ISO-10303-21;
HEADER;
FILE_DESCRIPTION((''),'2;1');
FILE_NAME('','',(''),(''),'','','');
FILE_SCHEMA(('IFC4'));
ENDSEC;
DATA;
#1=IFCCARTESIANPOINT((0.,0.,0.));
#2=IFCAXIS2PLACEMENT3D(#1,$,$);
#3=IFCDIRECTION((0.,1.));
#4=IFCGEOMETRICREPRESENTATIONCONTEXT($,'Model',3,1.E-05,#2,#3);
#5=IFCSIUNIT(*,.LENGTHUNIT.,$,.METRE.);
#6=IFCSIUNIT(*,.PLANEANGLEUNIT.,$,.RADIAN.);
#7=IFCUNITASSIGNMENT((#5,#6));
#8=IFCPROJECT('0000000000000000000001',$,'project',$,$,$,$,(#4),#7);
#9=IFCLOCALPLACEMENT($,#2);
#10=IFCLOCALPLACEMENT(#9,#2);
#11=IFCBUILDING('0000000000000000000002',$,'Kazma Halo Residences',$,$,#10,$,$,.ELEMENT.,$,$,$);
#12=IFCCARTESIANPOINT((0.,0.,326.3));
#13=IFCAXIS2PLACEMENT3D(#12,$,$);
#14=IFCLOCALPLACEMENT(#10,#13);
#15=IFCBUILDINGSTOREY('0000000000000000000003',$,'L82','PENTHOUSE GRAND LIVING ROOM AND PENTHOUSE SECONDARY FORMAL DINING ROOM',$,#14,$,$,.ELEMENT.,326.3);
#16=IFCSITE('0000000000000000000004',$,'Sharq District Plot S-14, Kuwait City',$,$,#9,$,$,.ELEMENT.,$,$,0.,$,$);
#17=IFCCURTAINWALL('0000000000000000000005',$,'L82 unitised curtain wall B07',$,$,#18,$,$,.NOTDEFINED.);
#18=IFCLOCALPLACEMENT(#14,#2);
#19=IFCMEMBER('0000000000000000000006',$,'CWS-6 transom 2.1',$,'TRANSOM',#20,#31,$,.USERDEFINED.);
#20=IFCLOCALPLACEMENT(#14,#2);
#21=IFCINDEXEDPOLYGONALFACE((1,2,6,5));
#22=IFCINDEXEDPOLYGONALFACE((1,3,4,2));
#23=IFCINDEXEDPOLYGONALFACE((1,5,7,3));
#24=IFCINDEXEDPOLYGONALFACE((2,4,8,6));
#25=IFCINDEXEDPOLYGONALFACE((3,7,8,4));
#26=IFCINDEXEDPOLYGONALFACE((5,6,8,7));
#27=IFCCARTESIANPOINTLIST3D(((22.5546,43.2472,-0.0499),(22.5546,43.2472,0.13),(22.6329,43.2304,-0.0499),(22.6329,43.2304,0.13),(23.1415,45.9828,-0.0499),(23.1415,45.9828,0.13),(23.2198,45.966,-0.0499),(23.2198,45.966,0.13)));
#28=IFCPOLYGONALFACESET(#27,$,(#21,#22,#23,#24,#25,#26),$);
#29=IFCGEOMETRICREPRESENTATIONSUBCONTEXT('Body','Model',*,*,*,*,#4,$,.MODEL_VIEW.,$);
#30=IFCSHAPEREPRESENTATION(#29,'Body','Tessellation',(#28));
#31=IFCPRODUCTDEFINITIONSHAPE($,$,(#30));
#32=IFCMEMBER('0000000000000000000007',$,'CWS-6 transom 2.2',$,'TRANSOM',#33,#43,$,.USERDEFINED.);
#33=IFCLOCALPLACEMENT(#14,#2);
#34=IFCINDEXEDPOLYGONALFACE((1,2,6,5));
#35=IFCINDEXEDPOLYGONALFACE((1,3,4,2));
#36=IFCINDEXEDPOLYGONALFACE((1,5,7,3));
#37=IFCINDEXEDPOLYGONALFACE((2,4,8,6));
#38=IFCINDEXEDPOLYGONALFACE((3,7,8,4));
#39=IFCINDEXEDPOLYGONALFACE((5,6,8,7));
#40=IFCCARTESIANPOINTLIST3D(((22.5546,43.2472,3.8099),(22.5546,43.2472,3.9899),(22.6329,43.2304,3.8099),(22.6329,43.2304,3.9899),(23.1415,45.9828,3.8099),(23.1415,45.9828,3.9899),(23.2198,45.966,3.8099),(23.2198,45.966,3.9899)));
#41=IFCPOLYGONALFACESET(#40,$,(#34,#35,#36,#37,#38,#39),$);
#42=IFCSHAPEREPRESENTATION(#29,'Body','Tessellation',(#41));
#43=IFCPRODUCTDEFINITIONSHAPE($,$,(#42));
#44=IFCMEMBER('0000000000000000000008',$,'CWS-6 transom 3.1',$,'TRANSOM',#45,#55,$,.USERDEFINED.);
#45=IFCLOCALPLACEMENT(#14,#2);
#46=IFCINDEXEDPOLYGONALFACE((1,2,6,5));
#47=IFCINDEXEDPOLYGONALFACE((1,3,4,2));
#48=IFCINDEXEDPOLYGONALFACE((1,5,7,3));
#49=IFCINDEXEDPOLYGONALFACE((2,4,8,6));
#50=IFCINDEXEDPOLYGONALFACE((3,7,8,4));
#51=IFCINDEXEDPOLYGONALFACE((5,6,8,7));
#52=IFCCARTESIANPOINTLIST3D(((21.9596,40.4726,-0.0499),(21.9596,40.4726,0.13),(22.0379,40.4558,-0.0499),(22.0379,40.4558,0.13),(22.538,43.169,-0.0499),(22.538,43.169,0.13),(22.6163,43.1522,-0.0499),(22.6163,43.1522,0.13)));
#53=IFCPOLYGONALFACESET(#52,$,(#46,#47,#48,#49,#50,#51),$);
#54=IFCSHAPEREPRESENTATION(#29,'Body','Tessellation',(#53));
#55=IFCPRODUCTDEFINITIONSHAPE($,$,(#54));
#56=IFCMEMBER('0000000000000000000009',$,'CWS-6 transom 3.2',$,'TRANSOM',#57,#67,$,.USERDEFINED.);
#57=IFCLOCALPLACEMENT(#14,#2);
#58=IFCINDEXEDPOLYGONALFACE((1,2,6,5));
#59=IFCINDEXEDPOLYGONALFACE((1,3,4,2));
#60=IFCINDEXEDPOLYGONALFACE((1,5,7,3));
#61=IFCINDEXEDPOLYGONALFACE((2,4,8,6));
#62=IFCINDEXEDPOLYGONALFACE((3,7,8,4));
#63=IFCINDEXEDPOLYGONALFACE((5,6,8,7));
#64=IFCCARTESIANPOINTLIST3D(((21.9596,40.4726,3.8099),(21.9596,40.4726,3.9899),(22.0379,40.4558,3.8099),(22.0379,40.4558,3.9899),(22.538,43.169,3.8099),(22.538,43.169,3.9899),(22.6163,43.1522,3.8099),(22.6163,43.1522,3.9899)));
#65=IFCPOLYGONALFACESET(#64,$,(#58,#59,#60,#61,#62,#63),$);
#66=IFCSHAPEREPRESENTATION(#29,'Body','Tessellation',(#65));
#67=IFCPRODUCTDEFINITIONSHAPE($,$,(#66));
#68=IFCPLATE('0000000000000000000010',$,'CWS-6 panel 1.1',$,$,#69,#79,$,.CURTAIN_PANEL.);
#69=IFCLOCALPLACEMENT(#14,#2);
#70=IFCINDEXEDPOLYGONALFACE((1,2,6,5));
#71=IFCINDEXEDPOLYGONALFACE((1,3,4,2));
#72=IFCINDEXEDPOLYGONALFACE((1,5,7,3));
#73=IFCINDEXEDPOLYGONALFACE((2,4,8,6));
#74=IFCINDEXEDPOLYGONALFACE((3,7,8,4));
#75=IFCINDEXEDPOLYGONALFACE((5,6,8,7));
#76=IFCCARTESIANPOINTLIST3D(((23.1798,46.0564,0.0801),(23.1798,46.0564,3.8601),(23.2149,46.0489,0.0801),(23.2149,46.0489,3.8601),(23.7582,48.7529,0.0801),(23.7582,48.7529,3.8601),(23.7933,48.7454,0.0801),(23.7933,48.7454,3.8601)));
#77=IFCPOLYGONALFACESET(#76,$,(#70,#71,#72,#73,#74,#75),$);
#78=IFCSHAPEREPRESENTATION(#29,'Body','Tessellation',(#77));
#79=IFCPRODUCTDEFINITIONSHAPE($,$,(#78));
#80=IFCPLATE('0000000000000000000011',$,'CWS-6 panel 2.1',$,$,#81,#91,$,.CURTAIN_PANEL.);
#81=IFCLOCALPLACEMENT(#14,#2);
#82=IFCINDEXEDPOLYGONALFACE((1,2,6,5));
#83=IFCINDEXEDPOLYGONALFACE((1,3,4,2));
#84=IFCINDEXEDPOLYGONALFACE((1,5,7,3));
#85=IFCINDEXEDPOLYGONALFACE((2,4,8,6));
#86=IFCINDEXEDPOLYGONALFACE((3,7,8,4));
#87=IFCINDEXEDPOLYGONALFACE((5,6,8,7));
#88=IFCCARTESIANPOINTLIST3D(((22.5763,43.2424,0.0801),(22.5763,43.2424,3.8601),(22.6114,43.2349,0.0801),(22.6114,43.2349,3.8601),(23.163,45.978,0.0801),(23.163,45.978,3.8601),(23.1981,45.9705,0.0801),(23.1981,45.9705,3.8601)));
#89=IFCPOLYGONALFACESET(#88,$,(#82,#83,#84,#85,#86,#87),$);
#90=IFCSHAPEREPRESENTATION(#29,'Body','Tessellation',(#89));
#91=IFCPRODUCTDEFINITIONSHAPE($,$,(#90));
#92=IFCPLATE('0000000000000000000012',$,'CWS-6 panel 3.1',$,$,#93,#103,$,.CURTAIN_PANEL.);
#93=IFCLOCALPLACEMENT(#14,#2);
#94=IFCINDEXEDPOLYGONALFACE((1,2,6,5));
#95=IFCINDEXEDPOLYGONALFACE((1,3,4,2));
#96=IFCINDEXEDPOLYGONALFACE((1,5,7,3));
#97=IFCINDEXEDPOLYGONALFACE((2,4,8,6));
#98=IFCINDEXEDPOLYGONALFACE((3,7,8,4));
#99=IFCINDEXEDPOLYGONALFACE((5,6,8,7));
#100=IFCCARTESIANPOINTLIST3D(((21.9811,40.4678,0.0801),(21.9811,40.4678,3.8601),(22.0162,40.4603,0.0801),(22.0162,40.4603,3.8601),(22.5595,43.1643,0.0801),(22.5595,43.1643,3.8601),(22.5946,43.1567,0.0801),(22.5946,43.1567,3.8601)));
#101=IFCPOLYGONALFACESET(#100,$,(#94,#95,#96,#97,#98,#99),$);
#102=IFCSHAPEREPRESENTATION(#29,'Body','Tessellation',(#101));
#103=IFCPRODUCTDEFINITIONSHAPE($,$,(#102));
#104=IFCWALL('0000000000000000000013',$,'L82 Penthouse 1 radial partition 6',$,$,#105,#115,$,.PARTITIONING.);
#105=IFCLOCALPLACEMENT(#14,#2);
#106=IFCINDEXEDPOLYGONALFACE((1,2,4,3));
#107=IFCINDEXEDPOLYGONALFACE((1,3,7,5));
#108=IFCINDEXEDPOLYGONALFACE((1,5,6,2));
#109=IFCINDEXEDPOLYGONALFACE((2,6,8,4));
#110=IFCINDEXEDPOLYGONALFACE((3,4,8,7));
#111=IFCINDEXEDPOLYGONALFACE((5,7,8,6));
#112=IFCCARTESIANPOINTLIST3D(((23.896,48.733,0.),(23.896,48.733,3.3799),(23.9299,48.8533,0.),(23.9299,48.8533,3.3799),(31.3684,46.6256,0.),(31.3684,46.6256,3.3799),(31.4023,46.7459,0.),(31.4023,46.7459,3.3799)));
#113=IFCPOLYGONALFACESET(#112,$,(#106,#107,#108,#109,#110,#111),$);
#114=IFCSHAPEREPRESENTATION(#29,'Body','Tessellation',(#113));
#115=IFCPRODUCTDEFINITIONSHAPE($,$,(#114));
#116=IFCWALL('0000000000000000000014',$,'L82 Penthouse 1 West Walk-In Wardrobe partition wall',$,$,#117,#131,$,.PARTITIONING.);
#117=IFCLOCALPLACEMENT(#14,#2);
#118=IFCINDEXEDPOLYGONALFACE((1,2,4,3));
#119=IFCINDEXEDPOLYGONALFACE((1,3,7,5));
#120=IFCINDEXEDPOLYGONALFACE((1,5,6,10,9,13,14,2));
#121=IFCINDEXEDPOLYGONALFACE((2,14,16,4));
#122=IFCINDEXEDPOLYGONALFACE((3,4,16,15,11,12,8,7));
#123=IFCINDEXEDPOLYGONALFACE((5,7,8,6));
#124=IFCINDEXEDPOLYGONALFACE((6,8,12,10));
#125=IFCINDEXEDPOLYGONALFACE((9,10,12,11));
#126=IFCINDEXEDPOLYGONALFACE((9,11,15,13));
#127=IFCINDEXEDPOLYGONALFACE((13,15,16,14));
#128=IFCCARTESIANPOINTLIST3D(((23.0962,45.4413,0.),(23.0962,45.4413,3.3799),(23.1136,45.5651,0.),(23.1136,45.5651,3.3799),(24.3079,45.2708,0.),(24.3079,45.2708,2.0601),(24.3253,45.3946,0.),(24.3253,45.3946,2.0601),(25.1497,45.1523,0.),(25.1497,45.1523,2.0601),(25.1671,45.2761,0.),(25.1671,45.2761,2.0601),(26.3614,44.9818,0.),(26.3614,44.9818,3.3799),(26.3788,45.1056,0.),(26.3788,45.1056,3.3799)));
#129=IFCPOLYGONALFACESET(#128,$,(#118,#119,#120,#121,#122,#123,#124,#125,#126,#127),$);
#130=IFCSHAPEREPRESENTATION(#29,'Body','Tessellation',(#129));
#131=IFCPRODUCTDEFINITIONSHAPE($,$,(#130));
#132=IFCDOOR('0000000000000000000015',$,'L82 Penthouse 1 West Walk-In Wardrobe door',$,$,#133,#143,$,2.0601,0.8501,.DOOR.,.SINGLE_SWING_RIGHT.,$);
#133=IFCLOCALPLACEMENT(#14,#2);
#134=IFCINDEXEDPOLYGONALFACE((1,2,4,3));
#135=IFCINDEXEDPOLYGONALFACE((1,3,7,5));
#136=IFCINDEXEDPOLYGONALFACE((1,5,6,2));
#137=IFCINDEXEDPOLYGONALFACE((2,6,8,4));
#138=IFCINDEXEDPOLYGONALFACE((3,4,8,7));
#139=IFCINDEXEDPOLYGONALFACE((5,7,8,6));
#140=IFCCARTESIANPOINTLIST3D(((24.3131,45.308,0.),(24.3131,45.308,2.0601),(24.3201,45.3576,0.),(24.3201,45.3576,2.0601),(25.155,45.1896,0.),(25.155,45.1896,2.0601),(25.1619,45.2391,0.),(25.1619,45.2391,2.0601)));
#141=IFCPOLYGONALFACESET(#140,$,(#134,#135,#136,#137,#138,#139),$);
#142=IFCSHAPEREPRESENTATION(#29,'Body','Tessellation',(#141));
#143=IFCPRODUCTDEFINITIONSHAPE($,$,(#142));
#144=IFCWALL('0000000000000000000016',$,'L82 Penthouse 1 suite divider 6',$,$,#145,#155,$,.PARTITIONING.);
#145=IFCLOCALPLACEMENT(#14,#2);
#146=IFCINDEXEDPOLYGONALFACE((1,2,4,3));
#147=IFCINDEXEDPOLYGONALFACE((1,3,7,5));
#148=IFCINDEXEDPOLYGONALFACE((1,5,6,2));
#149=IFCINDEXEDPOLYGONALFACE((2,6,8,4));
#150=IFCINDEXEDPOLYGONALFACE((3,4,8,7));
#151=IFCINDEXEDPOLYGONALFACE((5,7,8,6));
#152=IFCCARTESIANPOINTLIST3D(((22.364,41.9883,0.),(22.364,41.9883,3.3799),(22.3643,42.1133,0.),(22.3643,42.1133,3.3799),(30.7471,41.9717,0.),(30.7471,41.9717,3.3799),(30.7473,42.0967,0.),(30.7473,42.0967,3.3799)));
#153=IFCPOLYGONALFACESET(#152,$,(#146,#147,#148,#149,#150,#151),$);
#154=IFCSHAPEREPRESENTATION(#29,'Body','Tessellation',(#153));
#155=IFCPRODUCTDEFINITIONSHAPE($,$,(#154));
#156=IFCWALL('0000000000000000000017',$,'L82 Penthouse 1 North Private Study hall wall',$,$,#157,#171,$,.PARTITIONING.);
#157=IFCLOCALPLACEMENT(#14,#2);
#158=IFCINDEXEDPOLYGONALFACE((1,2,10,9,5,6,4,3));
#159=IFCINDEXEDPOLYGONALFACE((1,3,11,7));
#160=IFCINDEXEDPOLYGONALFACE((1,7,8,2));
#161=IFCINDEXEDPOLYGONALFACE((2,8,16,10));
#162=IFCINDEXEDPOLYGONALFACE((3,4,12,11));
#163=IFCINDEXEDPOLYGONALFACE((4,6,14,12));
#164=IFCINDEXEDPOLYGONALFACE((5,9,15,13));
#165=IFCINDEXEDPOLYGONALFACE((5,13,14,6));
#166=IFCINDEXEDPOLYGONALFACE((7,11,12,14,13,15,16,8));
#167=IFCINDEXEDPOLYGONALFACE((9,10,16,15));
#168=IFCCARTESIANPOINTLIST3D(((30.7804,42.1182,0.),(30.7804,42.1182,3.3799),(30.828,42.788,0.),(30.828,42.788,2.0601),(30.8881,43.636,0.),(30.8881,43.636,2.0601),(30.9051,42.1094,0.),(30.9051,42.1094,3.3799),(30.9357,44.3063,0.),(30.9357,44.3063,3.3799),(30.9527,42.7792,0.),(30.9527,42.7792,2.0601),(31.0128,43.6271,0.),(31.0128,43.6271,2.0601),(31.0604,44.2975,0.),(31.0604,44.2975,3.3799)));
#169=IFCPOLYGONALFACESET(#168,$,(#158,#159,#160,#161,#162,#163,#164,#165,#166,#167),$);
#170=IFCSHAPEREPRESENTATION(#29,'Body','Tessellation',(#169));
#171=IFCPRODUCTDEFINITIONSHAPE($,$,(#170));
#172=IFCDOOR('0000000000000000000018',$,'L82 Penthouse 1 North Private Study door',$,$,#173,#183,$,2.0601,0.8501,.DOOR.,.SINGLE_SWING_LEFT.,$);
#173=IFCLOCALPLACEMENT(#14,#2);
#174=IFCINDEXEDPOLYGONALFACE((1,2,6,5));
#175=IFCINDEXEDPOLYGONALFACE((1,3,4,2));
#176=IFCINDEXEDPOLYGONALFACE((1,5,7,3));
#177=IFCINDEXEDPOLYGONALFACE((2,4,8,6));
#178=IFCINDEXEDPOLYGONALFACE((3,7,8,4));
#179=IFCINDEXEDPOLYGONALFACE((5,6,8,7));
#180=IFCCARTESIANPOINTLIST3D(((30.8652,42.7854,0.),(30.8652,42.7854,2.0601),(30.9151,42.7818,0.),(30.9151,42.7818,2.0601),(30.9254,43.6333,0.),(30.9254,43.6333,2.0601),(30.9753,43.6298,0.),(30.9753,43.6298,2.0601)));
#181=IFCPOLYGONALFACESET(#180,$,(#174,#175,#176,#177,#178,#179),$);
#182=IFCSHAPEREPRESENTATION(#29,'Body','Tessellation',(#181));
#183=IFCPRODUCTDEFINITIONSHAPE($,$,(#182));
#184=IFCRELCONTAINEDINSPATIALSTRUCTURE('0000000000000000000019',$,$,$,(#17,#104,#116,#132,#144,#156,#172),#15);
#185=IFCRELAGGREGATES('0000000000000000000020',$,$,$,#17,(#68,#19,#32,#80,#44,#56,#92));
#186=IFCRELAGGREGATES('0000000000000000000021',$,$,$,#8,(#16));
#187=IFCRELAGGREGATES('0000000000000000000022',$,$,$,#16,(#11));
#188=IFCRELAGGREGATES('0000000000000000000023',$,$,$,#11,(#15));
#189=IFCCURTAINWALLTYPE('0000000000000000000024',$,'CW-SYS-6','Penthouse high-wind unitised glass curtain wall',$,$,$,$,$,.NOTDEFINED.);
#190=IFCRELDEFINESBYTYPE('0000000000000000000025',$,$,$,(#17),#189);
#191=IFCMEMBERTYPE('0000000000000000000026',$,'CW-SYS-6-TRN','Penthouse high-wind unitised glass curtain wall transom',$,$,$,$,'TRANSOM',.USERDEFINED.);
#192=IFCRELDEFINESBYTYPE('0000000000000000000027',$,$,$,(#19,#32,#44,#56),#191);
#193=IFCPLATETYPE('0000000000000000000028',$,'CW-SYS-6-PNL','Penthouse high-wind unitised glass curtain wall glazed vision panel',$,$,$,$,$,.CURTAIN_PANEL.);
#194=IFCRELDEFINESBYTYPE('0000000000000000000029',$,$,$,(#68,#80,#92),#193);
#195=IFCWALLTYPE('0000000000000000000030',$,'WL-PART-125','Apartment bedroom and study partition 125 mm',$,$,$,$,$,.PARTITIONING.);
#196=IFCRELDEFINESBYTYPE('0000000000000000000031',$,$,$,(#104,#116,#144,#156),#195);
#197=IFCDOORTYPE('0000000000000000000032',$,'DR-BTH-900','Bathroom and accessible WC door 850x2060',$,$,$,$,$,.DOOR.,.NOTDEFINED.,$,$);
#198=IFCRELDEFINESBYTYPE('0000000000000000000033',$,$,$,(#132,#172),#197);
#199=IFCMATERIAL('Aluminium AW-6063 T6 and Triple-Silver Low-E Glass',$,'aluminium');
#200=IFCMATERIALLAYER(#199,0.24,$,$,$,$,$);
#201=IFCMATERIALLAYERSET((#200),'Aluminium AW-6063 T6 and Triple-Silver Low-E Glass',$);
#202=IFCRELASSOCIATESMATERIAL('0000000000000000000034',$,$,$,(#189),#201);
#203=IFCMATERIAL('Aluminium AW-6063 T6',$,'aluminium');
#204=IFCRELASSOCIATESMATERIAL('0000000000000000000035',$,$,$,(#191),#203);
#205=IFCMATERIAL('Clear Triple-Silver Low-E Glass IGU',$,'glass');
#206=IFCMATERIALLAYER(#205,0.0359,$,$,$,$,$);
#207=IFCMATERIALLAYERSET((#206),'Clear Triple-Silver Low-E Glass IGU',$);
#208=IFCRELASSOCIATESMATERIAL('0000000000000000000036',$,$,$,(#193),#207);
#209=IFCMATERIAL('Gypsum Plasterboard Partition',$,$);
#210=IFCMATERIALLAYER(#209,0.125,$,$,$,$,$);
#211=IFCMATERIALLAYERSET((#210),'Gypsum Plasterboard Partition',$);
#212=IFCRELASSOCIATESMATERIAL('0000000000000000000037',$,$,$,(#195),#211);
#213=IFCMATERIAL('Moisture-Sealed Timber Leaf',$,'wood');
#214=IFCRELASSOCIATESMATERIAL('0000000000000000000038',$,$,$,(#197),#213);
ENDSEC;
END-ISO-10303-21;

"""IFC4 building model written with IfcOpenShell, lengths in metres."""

from ifc_helpers import new_model, si_unit, direction, frame, frame_2d, origin, origin_2d, place, context, subcontext, project, spatial, rectangle, extrude, material, layer, layer_set, material_profile, profile_set, type_object, element, fill, aggregate, save


model = new_model("IFC4")

# Units and contexts
model_context = context("Model", 3, precision=1e-05, world=origin(), true_north=direction((0.0, 1.0)))
body_context = subcontext(model_context, "Body", "Model", "MODEL_VIEW")
ifc_project = project(units=[si_unit("LENGTHUNIT", "METRE"), si_unit("PLANEANGLEUNIT", "RADIAN")], contexts=[model_context])

# Site, building, storey
site_placement = place(None, origin())
site = spatial("IfcSite", under=ifc_project, at=site_placement, Name="Sharq District Plot S-14, Kuwait City", CompositionType="ELEMENT", RefElevation=0.0)
building_placement = place(site_placement, origin())
building = spatial("IfcBuilding", under=site, at=building_placement, Name="Kazma Halo Residences", CompositionType="ELEMENT")
storey_placement = place(building_placement, frame((0.0, 0.0, 326.3)))
storey = spatial("IfcBuildingStorey", under=building, at=storey_placement, Name="L82", Description="PENTHOUSE GRAND LIVING ROOM AND PENTHOUSE SECONDARY FORMAL DINING ROOM", CompositionType="ELEMENT", Elevation=326.3)

# Curtain wall, members, plates
ifc_material_1 = material(Name="Aluminium AW-6063 T6 and Triple-Silver Low-E Glass", Category="aluminium")
ifc_layer_1 = layer(ifc_material_1, 0.24)
ifc_layer_set_1 = layer_set([ifc_layer_1], Name="Aluminium AW-6063 T6 and Triple-Silver Low-E Glass")
curtain_wall_type = type_object("IfcCurtainWallType", Name="CW-SYS-6", Description="Penthouse high-wind unitised glass curtain wall", PredefinedType="NOTDEFINED", material=ifc_layer_set_1)
curtain_wall_placement = place(storey_placement, origin())
curtain_wall = element("IfcCurtainWall", 1, at=curtain_wall_placement, inside=storey, type_object=curtain_wall_type, Name="L82 unitised curtain wall B07", PredefinedType="NOTDEFINED")
ifc_material_2 = material(Name="Aluminium AW-6063 T6", Category="aluminium")
ifc_material_profile_1 = material_profile(ifc_material_2, rectangle(XDim=0.0801, YDim=0.1799, at=origin_2d()), Name="CWT-80x180")
ifc_profile_set_1 = profile_set([ifc_material_profile_1], Name="Aluminium AW-6063 T6")
member_type_1 = type_object("IfcMemberType", Name="CW-SYS-6-TRN", Description="Penthouse high-wind unitised glass curtain wall transom", ElementType="TRANSOM", PredefinedType="USERDEFINED", material=ifc_profile_set_1)
member_1_placement = place(storey_placement, frame((23.1807, 45.9744, 0.04), z_axis=(-0.209773, -0.97775, 0.0), x_axis=(0.97775, -0.209773, 0.0)))
member_1 = element("IfcMember", 2, at=member_1_placement, type_object=member_type_1, Name="CWS-6 transom 2.1", ObjectType="TRANSOM", PredefinedType="USERDEFINED", context=body_context, shape_type="SweptSolid", body=[
    extrude(rectangle(XDim=0.0801, YDim=0.1799, at=origin_2d()), origin(), (0.0, 0.0, 1.0), 2.7979),
])
member_2_placement = place(storey_placement, frame((23.1807, 45.9744, 3.8999), z_axis=(-0.209773, -0.97775, 0.0), x_axis=(0.97775, -0.209773, 0.0)))
member_2 = element("IfcMember", 3, at=member_2_placement, type_object=member_type_1, Name="CWS-6 transom 2.2", ObjectType="TRANSOM", PredefinedType="USERDEFINED", context=body_context, shape_type="SweptSolid", body=[
    extrude(rectangle(XDim=0.0801, YDim=0.1799, at=origin_2d()), origin(), (0.0, 0.0, 1.0), 2.7979),
])
member_3_placement = place(storey_placement, frame((22.5771, 43.1606, 0.04), z_axis=(-0.209716, -0.977762, 0.0), x_axis=(0.977762, -0.209716, 0.0)))
member_3 = element("IfcMember", 4, at=member_3_placement, type_object=member_type_1, Name="CWS-6 transom 3.1", ObjectType="TRANSOM", PredefinedType="USERDEFINED", context=body_context, shape_type="SweptSolid", body=[
    extrude(rectangle(XDim=0.0801, YDim=0.1799, at=origin_2d()), origin(), (0.0, 0.0, 1.0), 2.7578),
])
member_4_placement = place(storey_placement, frame((22.5771, 43.1606, 3.8999), z_axis=(-0.209716, -0.977762, 0.0), x_axis=(0.977762, -0.209716, 0.0)))
member_4 = element("IfcMember", 5, at=member_4_placement, type_object=member_type_1, Name="CWS-6 transom 3.2", ObjectType="TRANSOM", PredefinedType="USERDEFINED", context=body_context, shape_type="SweptSolid", body=[
    extrude(rectangle(XDim=0.0801, YDim=0.1799, at=origin_2d()), origin(), (0.0, 0.0, 1.0), 2.7578),
])
ifc_material_3 = material(Name="Clear Triple-Silver Low-E Glass IGU", Category="glass")
ifc_layer_2 = layer(ifc_material_3, 0.0359)
ifc_layer_set_2 = layer_set([ifc_layer_2], Name="Clear Triple-Silver Low-E Glass IGU")
plate_type = type_object("IfcPlateType", Name="CW-SYS-6-PNL", Description="Penthouse high-wind unitised glass curtain wall glazed vision panel", PredefinedType="CURTAIN_PANEL", material=ifc_layer_set_2)
plate_1_placement = place(storey_placement, frame((23.4866, 47.4009, 0.0801), z_axis=(0.0, 0.0, 1.0), x_axis=(-0.209723, -0.977761, 0.0)))
plate_1 = element("IfcPlate", 6, at=plate_1_placement, type_object=plate_type, Name="CWS-6 panel 1.1", PredefinedType="CURTAIN_PANEL", context=body_context, shape_type="SweptSolid", body=[
    extrude(rectangle(XDim=2.7578, YDim=0.0359, at=origin_2d()), origin(), (0.0, 0.0, 1.0), 3.78),
])
plate_2_placement = place(storey_placement, frame((22.8872, 44.6064, 0.0801), z_axis=(0.0, 0.0, 1.0), x_axis=(-0.209723, -0.977761, 0.0)))
plate_2 = element("IfcPlate", 7, at=plate_2_placement, type_object=plate_type, Name="CWS-6 panel 2.1", PredefinedType="CURTAIN_PANEL", context=body_context, shape_type="SweptSolid", body=[
    extrude(rectangle(XDim=2.7979, YDim=0.0359, at=origin_2d()), origin(), (0.0, 0.0, 1.0), 3.78),
])
plate_3_placement = place(storey_placement, frame((22.2878, 41.8123, 0.0801), z_axis=(0.0, 0.0, 1.0), x_axis=(-0.209723, -0.977761, 0.0)))
plate_3 = element("IfcPlate", 8, at=plate_3_placement, type_object=plate_type, Name="CWS-6 panel 3.1", PredefinedType="CURTAIN_PANEL", context=body_context, shape_type="SweptSolid", body=[
    extrude(rectangle(XDim=2.7578, YDim=0.0359, at=origin_2d()), origin(), (0.0, 0.0, 1.0), 3.78),
])
aggregate(curtain_wall, [plate_1, member_1, member_2, plate_2, member_3, member_4, plate_3])

# Wall
ifc_material_4 = material(Name="Gypsum Plasterboard Partition")
ifc_layer_3 = layer(ifc_material_4, 0.125)
ifc_layer_set_3 = layer_set([ifc_layer_3], Name="Gypsum Plasterboard Partition")
wall_type_1 = type_object("IfcWallType", Name="WL-PART-125", Description="Apartment bedroom and study partition 125 mm", PredefinedType="PARTITIONING", material=ifc_layer_set_3)
wall_1_placement = place(storey_placement, frame((31.3853, 46.6858, 0.0), z_axis=(0.0, 0.0, 1.0), x_axis=(-0.962456, 0.271439, 0.0)))
element("IfcWall", 9, at=wall_1_placement, inside=storey, type_object=wall_type_1, Name="L82 Penthouse 1 radial partition 6", PredefinedType="PARTITIONING", context=body_context, shape_type="SweptSolid", body=[
    extrude(rectangle(XDim=7.7639, YDim=0.125, at=frame_2d((3.8818, 0.0))), origin(), (0.0, 0.0, 1.0), 3.3799),
])

# Wall, opening, door
wall_2_placement = place(storey_placement, frame((26.3701, 45.0437, 0.0), z_axis=(0.0, 0.0, 1.0), x_axis=(-0.990243, 0.139348, 0.0)))
wall_2 = element("IfcWall", 10, at=wall_2_placement, inside=storey, type_object=wall_type_1, Name="L82 Penthouse 1 West Walk-In Wardrobe partition wall", PredefinedType="PARTITIONING", context=body_context, shape_type="SweptSolid", body=[
    extrude(rectangle(XDim=3.2974, YDim=0.125, at=frame_2d((1.6487, 0.0))), origin(), (0.0, 0.0, 1.0), 3.3799),
])
opening_1_placement = place(wall_2_placement, frame((1.2236, 0.0, 0.0)))
opening_1 = element("IfcOpeningElement", 11, at=opening_1_placement, cuts=wall_2, PredefinedType="OPENING", context=body_context, shape_type="SweptSolid", body=[
    extrude(rectangle(XDim=0.8501, YDim=2.0601, at=frame_2d((0.425, 1.03))), frame((0.0, 0.0725, 0.0), z_axis=(0.0, -1.0, 0.0), x_axis=(1.0, 0.0, 0.0)), (0.0, 0.0, 1.0), 0.145),
])
ifc_material_5 = material(Name="Moisture-Sealed Timber Leaf", Category="wood")
door_type = type_object("IfcDoorType", Name="DR-BTH-900", Description="Bathroom and accessible WC door 850x2060", OperationType="NOTDEFINED", PredefinedType="DOOR", material=ifc_material_5)
door_1_placement = place(opening_1_placement, origin())
door_1 = element("IfcDoor", 12, at=door_1_placement, inside=storey, type_object=door_type, Name="L82 Penthouse 1 West Walk-In Wardrobe door", OperationType="SINGLE_SWING_RIGHT", OverallHeight=2.0601, OverallWidth=0.8501, PredefinedType="DOOR", context=body_context, shape_type="SweptSolid", body=[
    extrude(rectangle(XDim=0.8501, YDim=2.0601, at=frame_2d((0.425, 1.03))), frame((0.0, 0.0249, 0.0), z_axis=(0.0, -1.0, 0.0), x_axis=(1.0, 0.0, 0.0)), (0.0, 0.0, 1.0), 0.05),
])
fill(opening_1, door_1)

# Wall
wall_3_placement = place(storey_placement, frame((30.7471, 42.0342, 0.0), z_axis=(0.0, 0.0, 1.0), x_axis=(-0.999998, 0.00198, 0.0)))
element("IfcWall", 13, at=wall_3_placement, inside=storey, type_object=wall_type_1, Name="L82 Penthouse 1 suite divider 6", PredefinedType="PARTITIONING", context=body_context, shape_type="SweptSolid", body=[
    extrude(rectangle(XDim=8.3831, YDim=0.125, at=frame_2d((4.1914, 0.0))), origin(), (0.0, 0.0, 1.0), 3.3799),
])

# Wall, opening, door
wall_4_placement = place(storey_placement, frame((30.998, 44.3018, 0.0), z_axis=(0.0, 0.0, 1.0), x_axis=(-0.070788, -0.997491, 0.0)))
wall_4 = element("IfcWall", 14, at=wall_4_placement, inside=storey, type_object=wall_type_1, Name="L82 Penthouse 1 North Private Study hall wall", PredefinedType="PARTITIONING", context=body_context, shape_type="SweptSolid", body=[
    extrude(rectangle(XDim=2.1936, YDim=0.125, at=frame_2d((1.0967, 0.0))), origin(), (0.0, 0.0, 1.0), 3.3799),
])
opening_2_placement = place(wall_4_placement, frame((0.6719, 0.0, 0.0)))
opening_2 = element("IfcOpeningElement", 15, at=opening_2_placement, cuts=wall_4, PredefinedType="OPENING", context=body_context, shape_type="SweptSolid", body=[
    extrude(rectangle(XDim=0.8501, YDim=2.0601, at=frame_2d((0.425, 1.03))), frame((0.0, 0.0725, 0.0), z_axis=(0.0, -1.0, 0.0), x_axis=(1.0, 0.0, 0.0)), (0.0, 0.0, 1.0), 0.145),
])
door_2_placement = place(opening_2_placement, origin())
door_2 = element("IfcDoor", 16, at=door_2_placement, inside=storey, type_object=door_type, Name="L82 Penthouse 1 North Private Study door", OperationType="SINGLE_SWING_LEFT", OverallHeight=2.0601, OverallWidth=0.8501, PredefinedType="DOOR", context=body_context, shape_type="SweptSolid", body=[
    extrude(rectangle(XDim=0.8501, YDim=2.0601, at=frame_2d((0.425, 1.03))), frame((0.0, 0.0249, 0.0), z_axis=(0.0, -1.0, 0.0), x_axis=(1.0, 0.0, 0.0)), (0.0, 0.0, 1.0), 0.05),
])
fill(opening_2, door_2)

save(model, "model.ifc")
